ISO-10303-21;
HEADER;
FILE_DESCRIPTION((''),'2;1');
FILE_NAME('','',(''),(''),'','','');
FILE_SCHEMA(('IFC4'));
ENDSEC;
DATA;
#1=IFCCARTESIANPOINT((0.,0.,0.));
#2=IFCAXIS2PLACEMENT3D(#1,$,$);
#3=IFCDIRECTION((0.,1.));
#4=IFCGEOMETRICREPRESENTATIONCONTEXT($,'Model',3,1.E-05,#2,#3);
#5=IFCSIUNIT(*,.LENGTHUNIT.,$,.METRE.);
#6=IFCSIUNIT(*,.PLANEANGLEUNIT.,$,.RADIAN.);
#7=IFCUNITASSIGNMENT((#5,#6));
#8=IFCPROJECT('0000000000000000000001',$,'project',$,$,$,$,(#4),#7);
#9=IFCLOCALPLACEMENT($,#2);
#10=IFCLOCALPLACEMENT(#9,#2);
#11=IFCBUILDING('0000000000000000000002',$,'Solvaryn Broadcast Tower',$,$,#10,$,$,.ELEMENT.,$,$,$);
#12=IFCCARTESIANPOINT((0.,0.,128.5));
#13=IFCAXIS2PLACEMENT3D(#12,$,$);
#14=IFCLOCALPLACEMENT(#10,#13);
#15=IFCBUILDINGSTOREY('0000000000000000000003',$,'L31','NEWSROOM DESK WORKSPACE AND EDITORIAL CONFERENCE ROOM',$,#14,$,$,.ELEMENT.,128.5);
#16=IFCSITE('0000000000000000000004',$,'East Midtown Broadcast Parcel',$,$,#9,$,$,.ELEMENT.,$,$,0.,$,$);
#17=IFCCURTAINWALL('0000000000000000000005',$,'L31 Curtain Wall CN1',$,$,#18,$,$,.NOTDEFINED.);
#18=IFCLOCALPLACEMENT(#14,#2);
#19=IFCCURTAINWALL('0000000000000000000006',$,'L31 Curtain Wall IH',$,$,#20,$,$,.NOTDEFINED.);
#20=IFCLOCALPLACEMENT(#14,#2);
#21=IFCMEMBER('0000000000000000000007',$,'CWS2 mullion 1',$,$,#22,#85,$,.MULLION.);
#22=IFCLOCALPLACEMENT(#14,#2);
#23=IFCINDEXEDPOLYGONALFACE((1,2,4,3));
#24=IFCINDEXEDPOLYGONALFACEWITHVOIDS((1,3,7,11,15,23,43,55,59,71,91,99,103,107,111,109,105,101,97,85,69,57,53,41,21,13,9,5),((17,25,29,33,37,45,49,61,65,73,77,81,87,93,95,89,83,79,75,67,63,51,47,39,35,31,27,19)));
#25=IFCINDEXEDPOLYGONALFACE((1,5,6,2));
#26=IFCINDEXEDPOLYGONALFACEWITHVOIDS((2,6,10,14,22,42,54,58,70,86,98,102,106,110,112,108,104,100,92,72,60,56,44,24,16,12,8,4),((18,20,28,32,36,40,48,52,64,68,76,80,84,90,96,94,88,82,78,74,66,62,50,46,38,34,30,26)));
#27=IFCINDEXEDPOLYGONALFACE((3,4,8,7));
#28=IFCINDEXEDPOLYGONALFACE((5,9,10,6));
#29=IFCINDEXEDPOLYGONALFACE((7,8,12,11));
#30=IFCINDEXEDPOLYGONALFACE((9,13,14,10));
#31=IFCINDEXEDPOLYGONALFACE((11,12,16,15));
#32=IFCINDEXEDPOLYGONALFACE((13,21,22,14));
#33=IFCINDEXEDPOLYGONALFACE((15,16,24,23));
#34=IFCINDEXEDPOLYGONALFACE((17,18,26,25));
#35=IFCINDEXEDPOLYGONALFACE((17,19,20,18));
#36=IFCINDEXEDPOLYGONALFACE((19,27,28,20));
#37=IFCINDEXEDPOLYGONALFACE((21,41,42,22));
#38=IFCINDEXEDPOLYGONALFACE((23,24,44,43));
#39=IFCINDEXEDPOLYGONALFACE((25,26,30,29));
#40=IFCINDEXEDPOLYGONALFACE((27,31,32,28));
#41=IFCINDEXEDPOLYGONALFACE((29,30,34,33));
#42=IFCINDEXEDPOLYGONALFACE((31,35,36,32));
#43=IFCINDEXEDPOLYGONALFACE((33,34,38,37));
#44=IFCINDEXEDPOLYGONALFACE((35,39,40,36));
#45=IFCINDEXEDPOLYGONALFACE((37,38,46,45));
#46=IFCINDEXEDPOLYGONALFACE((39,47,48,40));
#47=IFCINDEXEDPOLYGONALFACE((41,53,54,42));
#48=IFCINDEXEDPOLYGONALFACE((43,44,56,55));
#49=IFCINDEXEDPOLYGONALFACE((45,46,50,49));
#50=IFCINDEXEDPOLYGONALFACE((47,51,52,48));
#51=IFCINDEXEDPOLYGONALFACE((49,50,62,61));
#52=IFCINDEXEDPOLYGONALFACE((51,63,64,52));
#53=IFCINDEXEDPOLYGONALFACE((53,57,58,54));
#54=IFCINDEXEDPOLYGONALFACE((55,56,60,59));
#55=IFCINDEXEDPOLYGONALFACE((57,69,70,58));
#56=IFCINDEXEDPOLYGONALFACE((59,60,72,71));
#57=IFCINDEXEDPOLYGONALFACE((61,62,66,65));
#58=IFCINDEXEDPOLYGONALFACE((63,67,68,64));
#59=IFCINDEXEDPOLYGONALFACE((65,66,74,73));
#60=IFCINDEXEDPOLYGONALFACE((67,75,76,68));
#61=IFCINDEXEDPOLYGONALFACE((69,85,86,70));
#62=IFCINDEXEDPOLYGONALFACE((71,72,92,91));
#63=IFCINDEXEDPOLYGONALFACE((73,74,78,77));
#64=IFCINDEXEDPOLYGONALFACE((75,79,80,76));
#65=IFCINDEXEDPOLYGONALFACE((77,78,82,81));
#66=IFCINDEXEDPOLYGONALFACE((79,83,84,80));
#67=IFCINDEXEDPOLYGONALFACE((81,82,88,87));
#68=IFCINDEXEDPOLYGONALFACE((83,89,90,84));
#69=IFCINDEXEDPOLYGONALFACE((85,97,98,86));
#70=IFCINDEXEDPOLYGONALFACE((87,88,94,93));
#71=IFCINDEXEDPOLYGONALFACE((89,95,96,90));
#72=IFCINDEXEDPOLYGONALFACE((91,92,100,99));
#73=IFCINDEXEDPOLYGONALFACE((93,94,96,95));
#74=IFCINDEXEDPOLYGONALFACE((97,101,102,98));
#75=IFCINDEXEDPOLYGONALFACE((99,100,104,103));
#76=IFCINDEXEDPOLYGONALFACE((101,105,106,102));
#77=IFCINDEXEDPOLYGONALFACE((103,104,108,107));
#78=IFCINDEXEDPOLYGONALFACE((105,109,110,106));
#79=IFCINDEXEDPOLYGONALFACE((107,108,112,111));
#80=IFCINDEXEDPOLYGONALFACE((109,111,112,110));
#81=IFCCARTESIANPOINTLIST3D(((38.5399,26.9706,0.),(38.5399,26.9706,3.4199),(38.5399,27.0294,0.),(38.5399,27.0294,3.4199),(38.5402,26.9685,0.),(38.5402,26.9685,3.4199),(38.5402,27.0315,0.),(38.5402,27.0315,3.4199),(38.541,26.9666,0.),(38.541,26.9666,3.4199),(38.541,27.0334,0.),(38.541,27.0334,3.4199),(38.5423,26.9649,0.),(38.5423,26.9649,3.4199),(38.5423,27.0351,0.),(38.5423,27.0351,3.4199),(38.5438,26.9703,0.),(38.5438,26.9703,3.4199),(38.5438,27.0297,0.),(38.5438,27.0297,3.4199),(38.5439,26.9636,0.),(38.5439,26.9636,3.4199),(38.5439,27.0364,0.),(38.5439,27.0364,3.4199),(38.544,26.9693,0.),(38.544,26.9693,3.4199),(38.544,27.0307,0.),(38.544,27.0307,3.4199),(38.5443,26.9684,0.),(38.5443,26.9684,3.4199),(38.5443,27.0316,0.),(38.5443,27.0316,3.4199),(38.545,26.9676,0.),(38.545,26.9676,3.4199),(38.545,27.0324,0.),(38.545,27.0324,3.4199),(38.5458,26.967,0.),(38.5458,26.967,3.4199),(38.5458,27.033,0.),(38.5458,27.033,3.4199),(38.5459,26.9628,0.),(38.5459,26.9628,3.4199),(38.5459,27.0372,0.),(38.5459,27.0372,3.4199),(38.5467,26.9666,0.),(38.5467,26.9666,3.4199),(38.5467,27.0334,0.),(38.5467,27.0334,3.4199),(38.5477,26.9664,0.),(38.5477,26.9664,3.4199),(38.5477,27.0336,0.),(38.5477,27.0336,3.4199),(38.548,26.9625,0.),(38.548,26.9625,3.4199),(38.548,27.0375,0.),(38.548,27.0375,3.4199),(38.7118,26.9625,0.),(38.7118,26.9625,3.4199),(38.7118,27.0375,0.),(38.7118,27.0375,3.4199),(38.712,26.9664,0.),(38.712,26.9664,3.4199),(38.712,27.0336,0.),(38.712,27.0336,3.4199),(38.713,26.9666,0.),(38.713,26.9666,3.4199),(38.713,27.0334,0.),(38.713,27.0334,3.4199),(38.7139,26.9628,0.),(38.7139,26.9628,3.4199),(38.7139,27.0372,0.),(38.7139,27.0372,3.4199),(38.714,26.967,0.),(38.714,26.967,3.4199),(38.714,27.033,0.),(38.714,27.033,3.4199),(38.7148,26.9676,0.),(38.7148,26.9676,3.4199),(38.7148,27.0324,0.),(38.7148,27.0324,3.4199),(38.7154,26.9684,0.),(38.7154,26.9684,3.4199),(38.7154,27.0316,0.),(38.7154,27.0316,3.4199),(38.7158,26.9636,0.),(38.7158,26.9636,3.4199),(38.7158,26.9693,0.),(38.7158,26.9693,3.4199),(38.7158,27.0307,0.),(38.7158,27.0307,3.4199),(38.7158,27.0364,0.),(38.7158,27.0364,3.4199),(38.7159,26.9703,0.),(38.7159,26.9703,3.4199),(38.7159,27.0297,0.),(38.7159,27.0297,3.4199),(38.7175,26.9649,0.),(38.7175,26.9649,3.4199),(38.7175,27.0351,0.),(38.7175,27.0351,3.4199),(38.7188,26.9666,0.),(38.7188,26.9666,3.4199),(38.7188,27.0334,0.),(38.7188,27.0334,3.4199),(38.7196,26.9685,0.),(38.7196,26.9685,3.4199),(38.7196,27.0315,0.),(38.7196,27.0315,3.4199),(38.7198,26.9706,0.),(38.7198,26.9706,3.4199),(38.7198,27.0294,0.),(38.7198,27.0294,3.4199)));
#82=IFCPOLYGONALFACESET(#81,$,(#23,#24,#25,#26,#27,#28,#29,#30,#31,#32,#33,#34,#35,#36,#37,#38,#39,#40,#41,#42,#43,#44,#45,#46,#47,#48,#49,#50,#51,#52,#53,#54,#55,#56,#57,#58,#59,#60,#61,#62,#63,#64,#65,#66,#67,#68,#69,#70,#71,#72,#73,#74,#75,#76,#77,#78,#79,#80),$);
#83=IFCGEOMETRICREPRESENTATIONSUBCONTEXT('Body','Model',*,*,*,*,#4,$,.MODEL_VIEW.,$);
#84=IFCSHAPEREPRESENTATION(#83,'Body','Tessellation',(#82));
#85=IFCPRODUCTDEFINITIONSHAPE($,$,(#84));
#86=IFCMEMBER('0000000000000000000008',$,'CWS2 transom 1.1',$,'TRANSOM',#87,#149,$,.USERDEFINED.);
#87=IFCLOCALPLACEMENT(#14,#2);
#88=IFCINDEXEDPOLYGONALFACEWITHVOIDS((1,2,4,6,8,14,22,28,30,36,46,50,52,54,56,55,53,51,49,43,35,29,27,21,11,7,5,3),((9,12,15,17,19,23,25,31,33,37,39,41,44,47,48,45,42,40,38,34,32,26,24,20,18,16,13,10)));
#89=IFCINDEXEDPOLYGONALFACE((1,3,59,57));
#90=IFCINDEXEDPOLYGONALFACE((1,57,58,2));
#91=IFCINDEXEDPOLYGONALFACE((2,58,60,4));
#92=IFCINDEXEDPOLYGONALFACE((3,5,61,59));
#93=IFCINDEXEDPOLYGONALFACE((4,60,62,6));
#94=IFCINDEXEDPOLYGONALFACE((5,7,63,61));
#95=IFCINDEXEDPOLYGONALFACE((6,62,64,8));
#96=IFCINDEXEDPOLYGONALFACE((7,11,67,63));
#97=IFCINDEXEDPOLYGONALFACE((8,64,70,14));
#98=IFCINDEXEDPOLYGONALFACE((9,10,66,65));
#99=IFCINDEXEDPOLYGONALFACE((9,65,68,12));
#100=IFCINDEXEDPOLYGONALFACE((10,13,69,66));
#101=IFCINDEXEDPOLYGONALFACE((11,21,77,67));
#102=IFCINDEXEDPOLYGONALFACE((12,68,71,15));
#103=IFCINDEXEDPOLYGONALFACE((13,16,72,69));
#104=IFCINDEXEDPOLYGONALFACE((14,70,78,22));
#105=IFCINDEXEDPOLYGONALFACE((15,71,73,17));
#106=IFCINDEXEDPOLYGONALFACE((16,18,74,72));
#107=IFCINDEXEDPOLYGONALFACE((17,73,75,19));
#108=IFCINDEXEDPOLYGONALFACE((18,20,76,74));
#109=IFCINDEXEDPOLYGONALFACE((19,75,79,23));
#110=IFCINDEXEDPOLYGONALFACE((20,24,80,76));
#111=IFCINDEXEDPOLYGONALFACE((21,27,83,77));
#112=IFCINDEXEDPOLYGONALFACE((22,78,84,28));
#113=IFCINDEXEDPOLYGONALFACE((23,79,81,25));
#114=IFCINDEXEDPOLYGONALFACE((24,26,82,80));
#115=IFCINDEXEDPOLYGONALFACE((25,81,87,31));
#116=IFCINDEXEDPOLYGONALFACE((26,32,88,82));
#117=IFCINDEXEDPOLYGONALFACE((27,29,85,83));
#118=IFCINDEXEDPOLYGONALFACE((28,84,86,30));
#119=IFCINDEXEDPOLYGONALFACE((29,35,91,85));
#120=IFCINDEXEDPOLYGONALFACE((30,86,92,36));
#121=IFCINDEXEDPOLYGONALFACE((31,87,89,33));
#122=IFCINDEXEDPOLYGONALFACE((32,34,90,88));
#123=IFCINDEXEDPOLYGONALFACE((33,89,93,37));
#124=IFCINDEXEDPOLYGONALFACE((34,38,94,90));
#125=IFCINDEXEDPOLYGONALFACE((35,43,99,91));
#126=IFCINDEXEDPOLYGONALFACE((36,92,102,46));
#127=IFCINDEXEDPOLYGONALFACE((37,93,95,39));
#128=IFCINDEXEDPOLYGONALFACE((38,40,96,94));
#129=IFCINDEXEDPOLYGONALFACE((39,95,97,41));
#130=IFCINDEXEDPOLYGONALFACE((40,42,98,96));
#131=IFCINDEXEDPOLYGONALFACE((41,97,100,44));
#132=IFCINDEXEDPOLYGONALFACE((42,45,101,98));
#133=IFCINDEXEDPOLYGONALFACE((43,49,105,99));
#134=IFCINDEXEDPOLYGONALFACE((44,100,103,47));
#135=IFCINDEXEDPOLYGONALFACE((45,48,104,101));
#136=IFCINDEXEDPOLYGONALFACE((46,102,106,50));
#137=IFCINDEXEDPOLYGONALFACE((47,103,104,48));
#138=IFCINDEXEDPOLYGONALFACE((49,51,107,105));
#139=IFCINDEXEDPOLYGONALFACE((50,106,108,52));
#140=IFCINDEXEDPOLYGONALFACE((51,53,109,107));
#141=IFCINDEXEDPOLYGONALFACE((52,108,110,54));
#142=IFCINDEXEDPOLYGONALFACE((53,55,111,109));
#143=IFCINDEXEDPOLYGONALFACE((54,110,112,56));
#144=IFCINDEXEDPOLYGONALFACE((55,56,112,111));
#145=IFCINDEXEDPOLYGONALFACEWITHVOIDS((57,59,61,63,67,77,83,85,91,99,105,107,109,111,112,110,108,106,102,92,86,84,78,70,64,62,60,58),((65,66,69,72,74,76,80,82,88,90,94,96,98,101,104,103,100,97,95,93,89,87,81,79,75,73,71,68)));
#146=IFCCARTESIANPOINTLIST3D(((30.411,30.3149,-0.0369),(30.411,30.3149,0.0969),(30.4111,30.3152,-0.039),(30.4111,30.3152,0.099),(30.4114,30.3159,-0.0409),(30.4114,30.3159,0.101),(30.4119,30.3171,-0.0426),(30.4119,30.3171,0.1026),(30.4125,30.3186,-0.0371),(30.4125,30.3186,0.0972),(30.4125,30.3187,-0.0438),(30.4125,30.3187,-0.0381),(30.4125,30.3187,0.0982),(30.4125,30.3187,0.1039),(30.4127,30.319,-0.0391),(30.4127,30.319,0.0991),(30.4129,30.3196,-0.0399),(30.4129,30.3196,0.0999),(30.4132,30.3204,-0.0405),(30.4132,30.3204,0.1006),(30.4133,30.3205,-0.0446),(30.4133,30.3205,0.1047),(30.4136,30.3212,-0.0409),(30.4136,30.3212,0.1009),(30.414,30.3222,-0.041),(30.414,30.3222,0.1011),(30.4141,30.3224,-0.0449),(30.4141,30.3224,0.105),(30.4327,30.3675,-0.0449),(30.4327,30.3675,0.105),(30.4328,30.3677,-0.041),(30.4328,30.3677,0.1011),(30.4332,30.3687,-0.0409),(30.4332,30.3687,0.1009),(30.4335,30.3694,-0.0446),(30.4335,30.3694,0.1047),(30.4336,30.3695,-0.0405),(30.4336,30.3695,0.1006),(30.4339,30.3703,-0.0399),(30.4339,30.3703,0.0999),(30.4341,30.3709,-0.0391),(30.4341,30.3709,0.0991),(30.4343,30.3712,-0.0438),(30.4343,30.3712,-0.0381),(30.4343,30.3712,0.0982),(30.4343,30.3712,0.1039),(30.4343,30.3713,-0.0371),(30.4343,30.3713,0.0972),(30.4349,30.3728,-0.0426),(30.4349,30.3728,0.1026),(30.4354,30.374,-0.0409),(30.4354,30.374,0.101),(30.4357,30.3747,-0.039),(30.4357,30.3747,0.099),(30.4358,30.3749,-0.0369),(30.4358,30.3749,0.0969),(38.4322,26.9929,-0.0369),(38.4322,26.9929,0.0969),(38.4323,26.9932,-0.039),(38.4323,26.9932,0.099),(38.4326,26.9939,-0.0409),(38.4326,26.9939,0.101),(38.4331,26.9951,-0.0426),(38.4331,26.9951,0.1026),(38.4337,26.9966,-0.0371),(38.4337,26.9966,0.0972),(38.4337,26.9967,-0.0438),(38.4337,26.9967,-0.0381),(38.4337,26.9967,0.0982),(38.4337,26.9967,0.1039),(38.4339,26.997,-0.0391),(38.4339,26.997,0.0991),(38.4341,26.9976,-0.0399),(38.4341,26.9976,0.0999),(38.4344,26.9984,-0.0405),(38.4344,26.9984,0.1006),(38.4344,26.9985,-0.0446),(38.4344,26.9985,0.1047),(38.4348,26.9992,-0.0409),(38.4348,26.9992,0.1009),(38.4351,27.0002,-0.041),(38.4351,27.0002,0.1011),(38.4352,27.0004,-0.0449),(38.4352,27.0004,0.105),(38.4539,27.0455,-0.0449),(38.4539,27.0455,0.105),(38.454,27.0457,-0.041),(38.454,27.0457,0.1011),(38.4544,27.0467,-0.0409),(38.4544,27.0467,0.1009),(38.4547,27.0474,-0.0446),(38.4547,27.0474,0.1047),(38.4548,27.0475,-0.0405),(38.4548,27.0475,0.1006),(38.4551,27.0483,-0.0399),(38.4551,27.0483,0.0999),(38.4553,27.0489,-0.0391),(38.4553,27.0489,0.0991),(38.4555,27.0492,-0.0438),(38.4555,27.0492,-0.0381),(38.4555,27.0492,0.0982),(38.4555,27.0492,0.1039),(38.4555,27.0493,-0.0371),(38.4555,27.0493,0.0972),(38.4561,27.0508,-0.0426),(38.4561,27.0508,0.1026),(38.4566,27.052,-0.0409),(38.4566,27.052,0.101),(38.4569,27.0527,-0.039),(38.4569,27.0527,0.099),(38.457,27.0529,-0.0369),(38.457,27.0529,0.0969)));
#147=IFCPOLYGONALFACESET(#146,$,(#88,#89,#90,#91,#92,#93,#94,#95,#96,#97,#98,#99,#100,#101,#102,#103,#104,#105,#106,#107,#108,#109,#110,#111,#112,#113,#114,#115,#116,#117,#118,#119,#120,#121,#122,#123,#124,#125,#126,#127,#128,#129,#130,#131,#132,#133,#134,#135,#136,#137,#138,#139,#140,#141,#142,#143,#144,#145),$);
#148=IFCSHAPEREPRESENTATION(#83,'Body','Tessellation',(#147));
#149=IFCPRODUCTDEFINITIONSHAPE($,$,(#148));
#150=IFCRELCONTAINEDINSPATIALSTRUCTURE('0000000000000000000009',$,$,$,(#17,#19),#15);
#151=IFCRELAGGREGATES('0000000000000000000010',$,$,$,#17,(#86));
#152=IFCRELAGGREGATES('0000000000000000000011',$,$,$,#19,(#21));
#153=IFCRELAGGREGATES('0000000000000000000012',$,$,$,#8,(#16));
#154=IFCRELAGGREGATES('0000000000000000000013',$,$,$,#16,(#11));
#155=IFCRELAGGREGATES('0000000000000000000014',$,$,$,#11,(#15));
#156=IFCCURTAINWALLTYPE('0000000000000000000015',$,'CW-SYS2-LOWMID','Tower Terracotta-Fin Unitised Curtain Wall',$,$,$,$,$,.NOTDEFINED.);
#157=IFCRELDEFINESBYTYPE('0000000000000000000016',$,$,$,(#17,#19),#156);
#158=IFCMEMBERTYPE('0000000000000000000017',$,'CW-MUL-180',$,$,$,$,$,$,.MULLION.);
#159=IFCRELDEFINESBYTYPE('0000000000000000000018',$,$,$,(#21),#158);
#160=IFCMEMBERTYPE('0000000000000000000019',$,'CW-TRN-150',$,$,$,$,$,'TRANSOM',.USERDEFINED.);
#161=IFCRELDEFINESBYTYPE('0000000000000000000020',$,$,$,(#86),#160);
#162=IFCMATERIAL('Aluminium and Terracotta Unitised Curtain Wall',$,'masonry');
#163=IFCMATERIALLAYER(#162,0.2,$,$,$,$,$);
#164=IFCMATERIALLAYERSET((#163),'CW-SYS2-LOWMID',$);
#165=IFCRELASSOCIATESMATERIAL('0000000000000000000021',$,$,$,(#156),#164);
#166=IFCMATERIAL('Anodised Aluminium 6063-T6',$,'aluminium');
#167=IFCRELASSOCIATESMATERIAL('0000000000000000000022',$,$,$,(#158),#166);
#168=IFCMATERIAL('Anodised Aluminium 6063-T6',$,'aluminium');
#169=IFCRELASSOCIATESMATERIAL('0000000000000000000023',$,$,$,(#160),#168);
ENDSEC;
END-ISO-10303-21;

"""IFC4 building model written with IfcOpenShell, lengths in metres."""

from ifc_helpers import new_model, si_unit, direction, frame, origin, origin_2d, place, context, subcontext, project, spatial, hollow_rectangle, extrude, material, layer, layer_set, material_profile, profile_set, type_object, element, aggregate, save


model = new_model("IFC4")

# Units and contexts
model_context = context("Model", 3, precision=1e-05, world=origin(), true_north=direction((0.0, 1.0)))
body_context = subcontext(model_context, "Body", "Model", "MODEL_VIEW")
ifc_project = project(units=[si_unit("LENGTHUNIT", "METRE"), si_unit("PLANEANGLEUNIT", "RADIAN")], contexts=[model_context])

# Site, building, storey
site_placement = place(None, origin())
site = spatial("IfcSite", under=ifc_project, at=site_placement, Name="East Midtown Broadcast Parcel", CompositionType="ELEMENT", RefElevation=0.0)
building_placement = place(site_placement, origin())
building = spatial("IfcBuilding", under=site, at=building_placement, Name="Solvaryn Broadcast Tower", CompositionType="ELEMENT")
storey_placement = place(building_placement, frame((0.0, 0.0, 128.5)))
storey = spatial("IfcBuildingStorey", under=building, at=storey_placement, Name="L31", Description="NEWSROOM DESK WORKSPACE AND EDITORIAL CONFERENCE ROOM", CompositionType="ELEMENT", Elevation=128.5)

# Curtain walls, member
ifc_material_1 = material(Name="Aluminium and Terracotta Unitised Curtain Wall", Category="masonry")
ifc_layer_1 = layer(ifc_material_1, 0.2)
ifc_layer_set_1 = layer_set([ifc_layer_1], Name="CW-SYS2-LOWMID")
curtain_wall_type = type_object("IfcCurtainWallType", Name="CW-SYS2-LOWMID", Description="Tower Terracotta-Fin Unitised Curtain Wall", PredefinedType="NOTDEFINED", material=ifc_layer_set_1)
curtain_wall_1_placement = place(storey_placement, origin())
curtain_wall_1 = element("IfcCurtainWall", 1, at=curtain_wall_1_placement, inside=storey, type_object=curtain_wall_type, Name="L31 Curtain Wall CN1", PredefinedType="NOTDEFINED")
ifc_material_2 = material(Name="Anodised Aluminium 6063-T6", Category="aluminium")
ifc_material_profile_1 = material_profile(ifc_material_2, hollow_rectangle(XDim=0.075, YDim=0.1799, WallThickness=0.0039, InnerFilletRadius=0.0039, OuterFilletRadius=0.0081, at=origin_2d()))
ifc_profile_set_1 = profile_set([ifc_material_profile_1], Name="Anodised Aluminium 6063-T6")
member_type_1 = type_object("IfcMemberType", Name="CW-MUL-180", PredefinedType="MULLION", material=ifc_profile_set_1)
curtain_wall_2_placement = place(storey_placement, origin())
curtain_wall_2 = element("IfcCurtainWall", 2, at=curtain_wall_2_placement, inside=storey, type_object=curtain_wall_type, Name="L31 Curtain Wall IH", PredefinedType="NOTDEFINED")
member_1_placement = place(storey_placement, frame((38.6299, 27.0, 0.0), z_axis=(0.0, 0.0, 1.0), x_axis=(0.0, 1.0, 0.0)))
member_1 = element("IfcMember", 3, at=member_1_placement, type_object=member_type_1, Name="CWS2 mullion 1", PredefinedType="MULLION", context=body_context, shape_type="SweptSolid", body=[
    extrude(hollow_rectangle(XDim=0.075, YDim=0.1799, WallThickness=0.0039, InnerFilletRadius=0.0039, OuterFilletRadius=0.0081, at=origin_2d()), origin(), (0.0, 0.0, 1.0), 3.4199),
])

# Member
ifc_material_3 = material(Name="Anodised Aluminium 6063-T6", Category="aluminium")
ifc_material_profile_2 = material_profile(ifc_material_3, hollow_rectangle(XDim=0.0649, YDim=0.1499, WallThickness=0.0039, InnerFilletRadius=0.0039, OuterFilletRadius=0.0081, at=origin_2d()))
ifc_profile_set_2 = profile_set([ifc_material_profile_2], Name="Anodised Aluminium 6063-T6")
member_type_2 = type_object("IfcMemberType", Name="CW-TRN-150", ElementType="TRANSOM", PredefinedType="USERDEFINED", material=ifc_profile_set_2)
member_2_placement = place(storey_placement, frame((38.4446, 27.0229, 0.03), z_axis=(-0.923899, 0.382636, 0.0), x_axis=(-0.382636, -0.923899, 0.0)))
member_2 = element("IfcMember", 4, at=member_2_placement, type_object=member_type_2, Name="CWS2 transom 1.1", ObjectType="TRANSOM", PredefinedType="USERDEFINED", context=body_context, shape_type="SweptSolid", body=[
    extrude(hollow_rectangle(XDim=0.0649, YDim=0.1499, WallThickness=0.0039, InnerFilletRadius=0.0039, OuterFilletRadius=0.0081, at=origin_2d()), origin(), (0.0, 0.0, 1.0), 8.6819),
])
aggregate(curtain_wall_1, [member_2])
aggregate(curtain_wall_2, [member_1])

save(model, "model.ifc")
